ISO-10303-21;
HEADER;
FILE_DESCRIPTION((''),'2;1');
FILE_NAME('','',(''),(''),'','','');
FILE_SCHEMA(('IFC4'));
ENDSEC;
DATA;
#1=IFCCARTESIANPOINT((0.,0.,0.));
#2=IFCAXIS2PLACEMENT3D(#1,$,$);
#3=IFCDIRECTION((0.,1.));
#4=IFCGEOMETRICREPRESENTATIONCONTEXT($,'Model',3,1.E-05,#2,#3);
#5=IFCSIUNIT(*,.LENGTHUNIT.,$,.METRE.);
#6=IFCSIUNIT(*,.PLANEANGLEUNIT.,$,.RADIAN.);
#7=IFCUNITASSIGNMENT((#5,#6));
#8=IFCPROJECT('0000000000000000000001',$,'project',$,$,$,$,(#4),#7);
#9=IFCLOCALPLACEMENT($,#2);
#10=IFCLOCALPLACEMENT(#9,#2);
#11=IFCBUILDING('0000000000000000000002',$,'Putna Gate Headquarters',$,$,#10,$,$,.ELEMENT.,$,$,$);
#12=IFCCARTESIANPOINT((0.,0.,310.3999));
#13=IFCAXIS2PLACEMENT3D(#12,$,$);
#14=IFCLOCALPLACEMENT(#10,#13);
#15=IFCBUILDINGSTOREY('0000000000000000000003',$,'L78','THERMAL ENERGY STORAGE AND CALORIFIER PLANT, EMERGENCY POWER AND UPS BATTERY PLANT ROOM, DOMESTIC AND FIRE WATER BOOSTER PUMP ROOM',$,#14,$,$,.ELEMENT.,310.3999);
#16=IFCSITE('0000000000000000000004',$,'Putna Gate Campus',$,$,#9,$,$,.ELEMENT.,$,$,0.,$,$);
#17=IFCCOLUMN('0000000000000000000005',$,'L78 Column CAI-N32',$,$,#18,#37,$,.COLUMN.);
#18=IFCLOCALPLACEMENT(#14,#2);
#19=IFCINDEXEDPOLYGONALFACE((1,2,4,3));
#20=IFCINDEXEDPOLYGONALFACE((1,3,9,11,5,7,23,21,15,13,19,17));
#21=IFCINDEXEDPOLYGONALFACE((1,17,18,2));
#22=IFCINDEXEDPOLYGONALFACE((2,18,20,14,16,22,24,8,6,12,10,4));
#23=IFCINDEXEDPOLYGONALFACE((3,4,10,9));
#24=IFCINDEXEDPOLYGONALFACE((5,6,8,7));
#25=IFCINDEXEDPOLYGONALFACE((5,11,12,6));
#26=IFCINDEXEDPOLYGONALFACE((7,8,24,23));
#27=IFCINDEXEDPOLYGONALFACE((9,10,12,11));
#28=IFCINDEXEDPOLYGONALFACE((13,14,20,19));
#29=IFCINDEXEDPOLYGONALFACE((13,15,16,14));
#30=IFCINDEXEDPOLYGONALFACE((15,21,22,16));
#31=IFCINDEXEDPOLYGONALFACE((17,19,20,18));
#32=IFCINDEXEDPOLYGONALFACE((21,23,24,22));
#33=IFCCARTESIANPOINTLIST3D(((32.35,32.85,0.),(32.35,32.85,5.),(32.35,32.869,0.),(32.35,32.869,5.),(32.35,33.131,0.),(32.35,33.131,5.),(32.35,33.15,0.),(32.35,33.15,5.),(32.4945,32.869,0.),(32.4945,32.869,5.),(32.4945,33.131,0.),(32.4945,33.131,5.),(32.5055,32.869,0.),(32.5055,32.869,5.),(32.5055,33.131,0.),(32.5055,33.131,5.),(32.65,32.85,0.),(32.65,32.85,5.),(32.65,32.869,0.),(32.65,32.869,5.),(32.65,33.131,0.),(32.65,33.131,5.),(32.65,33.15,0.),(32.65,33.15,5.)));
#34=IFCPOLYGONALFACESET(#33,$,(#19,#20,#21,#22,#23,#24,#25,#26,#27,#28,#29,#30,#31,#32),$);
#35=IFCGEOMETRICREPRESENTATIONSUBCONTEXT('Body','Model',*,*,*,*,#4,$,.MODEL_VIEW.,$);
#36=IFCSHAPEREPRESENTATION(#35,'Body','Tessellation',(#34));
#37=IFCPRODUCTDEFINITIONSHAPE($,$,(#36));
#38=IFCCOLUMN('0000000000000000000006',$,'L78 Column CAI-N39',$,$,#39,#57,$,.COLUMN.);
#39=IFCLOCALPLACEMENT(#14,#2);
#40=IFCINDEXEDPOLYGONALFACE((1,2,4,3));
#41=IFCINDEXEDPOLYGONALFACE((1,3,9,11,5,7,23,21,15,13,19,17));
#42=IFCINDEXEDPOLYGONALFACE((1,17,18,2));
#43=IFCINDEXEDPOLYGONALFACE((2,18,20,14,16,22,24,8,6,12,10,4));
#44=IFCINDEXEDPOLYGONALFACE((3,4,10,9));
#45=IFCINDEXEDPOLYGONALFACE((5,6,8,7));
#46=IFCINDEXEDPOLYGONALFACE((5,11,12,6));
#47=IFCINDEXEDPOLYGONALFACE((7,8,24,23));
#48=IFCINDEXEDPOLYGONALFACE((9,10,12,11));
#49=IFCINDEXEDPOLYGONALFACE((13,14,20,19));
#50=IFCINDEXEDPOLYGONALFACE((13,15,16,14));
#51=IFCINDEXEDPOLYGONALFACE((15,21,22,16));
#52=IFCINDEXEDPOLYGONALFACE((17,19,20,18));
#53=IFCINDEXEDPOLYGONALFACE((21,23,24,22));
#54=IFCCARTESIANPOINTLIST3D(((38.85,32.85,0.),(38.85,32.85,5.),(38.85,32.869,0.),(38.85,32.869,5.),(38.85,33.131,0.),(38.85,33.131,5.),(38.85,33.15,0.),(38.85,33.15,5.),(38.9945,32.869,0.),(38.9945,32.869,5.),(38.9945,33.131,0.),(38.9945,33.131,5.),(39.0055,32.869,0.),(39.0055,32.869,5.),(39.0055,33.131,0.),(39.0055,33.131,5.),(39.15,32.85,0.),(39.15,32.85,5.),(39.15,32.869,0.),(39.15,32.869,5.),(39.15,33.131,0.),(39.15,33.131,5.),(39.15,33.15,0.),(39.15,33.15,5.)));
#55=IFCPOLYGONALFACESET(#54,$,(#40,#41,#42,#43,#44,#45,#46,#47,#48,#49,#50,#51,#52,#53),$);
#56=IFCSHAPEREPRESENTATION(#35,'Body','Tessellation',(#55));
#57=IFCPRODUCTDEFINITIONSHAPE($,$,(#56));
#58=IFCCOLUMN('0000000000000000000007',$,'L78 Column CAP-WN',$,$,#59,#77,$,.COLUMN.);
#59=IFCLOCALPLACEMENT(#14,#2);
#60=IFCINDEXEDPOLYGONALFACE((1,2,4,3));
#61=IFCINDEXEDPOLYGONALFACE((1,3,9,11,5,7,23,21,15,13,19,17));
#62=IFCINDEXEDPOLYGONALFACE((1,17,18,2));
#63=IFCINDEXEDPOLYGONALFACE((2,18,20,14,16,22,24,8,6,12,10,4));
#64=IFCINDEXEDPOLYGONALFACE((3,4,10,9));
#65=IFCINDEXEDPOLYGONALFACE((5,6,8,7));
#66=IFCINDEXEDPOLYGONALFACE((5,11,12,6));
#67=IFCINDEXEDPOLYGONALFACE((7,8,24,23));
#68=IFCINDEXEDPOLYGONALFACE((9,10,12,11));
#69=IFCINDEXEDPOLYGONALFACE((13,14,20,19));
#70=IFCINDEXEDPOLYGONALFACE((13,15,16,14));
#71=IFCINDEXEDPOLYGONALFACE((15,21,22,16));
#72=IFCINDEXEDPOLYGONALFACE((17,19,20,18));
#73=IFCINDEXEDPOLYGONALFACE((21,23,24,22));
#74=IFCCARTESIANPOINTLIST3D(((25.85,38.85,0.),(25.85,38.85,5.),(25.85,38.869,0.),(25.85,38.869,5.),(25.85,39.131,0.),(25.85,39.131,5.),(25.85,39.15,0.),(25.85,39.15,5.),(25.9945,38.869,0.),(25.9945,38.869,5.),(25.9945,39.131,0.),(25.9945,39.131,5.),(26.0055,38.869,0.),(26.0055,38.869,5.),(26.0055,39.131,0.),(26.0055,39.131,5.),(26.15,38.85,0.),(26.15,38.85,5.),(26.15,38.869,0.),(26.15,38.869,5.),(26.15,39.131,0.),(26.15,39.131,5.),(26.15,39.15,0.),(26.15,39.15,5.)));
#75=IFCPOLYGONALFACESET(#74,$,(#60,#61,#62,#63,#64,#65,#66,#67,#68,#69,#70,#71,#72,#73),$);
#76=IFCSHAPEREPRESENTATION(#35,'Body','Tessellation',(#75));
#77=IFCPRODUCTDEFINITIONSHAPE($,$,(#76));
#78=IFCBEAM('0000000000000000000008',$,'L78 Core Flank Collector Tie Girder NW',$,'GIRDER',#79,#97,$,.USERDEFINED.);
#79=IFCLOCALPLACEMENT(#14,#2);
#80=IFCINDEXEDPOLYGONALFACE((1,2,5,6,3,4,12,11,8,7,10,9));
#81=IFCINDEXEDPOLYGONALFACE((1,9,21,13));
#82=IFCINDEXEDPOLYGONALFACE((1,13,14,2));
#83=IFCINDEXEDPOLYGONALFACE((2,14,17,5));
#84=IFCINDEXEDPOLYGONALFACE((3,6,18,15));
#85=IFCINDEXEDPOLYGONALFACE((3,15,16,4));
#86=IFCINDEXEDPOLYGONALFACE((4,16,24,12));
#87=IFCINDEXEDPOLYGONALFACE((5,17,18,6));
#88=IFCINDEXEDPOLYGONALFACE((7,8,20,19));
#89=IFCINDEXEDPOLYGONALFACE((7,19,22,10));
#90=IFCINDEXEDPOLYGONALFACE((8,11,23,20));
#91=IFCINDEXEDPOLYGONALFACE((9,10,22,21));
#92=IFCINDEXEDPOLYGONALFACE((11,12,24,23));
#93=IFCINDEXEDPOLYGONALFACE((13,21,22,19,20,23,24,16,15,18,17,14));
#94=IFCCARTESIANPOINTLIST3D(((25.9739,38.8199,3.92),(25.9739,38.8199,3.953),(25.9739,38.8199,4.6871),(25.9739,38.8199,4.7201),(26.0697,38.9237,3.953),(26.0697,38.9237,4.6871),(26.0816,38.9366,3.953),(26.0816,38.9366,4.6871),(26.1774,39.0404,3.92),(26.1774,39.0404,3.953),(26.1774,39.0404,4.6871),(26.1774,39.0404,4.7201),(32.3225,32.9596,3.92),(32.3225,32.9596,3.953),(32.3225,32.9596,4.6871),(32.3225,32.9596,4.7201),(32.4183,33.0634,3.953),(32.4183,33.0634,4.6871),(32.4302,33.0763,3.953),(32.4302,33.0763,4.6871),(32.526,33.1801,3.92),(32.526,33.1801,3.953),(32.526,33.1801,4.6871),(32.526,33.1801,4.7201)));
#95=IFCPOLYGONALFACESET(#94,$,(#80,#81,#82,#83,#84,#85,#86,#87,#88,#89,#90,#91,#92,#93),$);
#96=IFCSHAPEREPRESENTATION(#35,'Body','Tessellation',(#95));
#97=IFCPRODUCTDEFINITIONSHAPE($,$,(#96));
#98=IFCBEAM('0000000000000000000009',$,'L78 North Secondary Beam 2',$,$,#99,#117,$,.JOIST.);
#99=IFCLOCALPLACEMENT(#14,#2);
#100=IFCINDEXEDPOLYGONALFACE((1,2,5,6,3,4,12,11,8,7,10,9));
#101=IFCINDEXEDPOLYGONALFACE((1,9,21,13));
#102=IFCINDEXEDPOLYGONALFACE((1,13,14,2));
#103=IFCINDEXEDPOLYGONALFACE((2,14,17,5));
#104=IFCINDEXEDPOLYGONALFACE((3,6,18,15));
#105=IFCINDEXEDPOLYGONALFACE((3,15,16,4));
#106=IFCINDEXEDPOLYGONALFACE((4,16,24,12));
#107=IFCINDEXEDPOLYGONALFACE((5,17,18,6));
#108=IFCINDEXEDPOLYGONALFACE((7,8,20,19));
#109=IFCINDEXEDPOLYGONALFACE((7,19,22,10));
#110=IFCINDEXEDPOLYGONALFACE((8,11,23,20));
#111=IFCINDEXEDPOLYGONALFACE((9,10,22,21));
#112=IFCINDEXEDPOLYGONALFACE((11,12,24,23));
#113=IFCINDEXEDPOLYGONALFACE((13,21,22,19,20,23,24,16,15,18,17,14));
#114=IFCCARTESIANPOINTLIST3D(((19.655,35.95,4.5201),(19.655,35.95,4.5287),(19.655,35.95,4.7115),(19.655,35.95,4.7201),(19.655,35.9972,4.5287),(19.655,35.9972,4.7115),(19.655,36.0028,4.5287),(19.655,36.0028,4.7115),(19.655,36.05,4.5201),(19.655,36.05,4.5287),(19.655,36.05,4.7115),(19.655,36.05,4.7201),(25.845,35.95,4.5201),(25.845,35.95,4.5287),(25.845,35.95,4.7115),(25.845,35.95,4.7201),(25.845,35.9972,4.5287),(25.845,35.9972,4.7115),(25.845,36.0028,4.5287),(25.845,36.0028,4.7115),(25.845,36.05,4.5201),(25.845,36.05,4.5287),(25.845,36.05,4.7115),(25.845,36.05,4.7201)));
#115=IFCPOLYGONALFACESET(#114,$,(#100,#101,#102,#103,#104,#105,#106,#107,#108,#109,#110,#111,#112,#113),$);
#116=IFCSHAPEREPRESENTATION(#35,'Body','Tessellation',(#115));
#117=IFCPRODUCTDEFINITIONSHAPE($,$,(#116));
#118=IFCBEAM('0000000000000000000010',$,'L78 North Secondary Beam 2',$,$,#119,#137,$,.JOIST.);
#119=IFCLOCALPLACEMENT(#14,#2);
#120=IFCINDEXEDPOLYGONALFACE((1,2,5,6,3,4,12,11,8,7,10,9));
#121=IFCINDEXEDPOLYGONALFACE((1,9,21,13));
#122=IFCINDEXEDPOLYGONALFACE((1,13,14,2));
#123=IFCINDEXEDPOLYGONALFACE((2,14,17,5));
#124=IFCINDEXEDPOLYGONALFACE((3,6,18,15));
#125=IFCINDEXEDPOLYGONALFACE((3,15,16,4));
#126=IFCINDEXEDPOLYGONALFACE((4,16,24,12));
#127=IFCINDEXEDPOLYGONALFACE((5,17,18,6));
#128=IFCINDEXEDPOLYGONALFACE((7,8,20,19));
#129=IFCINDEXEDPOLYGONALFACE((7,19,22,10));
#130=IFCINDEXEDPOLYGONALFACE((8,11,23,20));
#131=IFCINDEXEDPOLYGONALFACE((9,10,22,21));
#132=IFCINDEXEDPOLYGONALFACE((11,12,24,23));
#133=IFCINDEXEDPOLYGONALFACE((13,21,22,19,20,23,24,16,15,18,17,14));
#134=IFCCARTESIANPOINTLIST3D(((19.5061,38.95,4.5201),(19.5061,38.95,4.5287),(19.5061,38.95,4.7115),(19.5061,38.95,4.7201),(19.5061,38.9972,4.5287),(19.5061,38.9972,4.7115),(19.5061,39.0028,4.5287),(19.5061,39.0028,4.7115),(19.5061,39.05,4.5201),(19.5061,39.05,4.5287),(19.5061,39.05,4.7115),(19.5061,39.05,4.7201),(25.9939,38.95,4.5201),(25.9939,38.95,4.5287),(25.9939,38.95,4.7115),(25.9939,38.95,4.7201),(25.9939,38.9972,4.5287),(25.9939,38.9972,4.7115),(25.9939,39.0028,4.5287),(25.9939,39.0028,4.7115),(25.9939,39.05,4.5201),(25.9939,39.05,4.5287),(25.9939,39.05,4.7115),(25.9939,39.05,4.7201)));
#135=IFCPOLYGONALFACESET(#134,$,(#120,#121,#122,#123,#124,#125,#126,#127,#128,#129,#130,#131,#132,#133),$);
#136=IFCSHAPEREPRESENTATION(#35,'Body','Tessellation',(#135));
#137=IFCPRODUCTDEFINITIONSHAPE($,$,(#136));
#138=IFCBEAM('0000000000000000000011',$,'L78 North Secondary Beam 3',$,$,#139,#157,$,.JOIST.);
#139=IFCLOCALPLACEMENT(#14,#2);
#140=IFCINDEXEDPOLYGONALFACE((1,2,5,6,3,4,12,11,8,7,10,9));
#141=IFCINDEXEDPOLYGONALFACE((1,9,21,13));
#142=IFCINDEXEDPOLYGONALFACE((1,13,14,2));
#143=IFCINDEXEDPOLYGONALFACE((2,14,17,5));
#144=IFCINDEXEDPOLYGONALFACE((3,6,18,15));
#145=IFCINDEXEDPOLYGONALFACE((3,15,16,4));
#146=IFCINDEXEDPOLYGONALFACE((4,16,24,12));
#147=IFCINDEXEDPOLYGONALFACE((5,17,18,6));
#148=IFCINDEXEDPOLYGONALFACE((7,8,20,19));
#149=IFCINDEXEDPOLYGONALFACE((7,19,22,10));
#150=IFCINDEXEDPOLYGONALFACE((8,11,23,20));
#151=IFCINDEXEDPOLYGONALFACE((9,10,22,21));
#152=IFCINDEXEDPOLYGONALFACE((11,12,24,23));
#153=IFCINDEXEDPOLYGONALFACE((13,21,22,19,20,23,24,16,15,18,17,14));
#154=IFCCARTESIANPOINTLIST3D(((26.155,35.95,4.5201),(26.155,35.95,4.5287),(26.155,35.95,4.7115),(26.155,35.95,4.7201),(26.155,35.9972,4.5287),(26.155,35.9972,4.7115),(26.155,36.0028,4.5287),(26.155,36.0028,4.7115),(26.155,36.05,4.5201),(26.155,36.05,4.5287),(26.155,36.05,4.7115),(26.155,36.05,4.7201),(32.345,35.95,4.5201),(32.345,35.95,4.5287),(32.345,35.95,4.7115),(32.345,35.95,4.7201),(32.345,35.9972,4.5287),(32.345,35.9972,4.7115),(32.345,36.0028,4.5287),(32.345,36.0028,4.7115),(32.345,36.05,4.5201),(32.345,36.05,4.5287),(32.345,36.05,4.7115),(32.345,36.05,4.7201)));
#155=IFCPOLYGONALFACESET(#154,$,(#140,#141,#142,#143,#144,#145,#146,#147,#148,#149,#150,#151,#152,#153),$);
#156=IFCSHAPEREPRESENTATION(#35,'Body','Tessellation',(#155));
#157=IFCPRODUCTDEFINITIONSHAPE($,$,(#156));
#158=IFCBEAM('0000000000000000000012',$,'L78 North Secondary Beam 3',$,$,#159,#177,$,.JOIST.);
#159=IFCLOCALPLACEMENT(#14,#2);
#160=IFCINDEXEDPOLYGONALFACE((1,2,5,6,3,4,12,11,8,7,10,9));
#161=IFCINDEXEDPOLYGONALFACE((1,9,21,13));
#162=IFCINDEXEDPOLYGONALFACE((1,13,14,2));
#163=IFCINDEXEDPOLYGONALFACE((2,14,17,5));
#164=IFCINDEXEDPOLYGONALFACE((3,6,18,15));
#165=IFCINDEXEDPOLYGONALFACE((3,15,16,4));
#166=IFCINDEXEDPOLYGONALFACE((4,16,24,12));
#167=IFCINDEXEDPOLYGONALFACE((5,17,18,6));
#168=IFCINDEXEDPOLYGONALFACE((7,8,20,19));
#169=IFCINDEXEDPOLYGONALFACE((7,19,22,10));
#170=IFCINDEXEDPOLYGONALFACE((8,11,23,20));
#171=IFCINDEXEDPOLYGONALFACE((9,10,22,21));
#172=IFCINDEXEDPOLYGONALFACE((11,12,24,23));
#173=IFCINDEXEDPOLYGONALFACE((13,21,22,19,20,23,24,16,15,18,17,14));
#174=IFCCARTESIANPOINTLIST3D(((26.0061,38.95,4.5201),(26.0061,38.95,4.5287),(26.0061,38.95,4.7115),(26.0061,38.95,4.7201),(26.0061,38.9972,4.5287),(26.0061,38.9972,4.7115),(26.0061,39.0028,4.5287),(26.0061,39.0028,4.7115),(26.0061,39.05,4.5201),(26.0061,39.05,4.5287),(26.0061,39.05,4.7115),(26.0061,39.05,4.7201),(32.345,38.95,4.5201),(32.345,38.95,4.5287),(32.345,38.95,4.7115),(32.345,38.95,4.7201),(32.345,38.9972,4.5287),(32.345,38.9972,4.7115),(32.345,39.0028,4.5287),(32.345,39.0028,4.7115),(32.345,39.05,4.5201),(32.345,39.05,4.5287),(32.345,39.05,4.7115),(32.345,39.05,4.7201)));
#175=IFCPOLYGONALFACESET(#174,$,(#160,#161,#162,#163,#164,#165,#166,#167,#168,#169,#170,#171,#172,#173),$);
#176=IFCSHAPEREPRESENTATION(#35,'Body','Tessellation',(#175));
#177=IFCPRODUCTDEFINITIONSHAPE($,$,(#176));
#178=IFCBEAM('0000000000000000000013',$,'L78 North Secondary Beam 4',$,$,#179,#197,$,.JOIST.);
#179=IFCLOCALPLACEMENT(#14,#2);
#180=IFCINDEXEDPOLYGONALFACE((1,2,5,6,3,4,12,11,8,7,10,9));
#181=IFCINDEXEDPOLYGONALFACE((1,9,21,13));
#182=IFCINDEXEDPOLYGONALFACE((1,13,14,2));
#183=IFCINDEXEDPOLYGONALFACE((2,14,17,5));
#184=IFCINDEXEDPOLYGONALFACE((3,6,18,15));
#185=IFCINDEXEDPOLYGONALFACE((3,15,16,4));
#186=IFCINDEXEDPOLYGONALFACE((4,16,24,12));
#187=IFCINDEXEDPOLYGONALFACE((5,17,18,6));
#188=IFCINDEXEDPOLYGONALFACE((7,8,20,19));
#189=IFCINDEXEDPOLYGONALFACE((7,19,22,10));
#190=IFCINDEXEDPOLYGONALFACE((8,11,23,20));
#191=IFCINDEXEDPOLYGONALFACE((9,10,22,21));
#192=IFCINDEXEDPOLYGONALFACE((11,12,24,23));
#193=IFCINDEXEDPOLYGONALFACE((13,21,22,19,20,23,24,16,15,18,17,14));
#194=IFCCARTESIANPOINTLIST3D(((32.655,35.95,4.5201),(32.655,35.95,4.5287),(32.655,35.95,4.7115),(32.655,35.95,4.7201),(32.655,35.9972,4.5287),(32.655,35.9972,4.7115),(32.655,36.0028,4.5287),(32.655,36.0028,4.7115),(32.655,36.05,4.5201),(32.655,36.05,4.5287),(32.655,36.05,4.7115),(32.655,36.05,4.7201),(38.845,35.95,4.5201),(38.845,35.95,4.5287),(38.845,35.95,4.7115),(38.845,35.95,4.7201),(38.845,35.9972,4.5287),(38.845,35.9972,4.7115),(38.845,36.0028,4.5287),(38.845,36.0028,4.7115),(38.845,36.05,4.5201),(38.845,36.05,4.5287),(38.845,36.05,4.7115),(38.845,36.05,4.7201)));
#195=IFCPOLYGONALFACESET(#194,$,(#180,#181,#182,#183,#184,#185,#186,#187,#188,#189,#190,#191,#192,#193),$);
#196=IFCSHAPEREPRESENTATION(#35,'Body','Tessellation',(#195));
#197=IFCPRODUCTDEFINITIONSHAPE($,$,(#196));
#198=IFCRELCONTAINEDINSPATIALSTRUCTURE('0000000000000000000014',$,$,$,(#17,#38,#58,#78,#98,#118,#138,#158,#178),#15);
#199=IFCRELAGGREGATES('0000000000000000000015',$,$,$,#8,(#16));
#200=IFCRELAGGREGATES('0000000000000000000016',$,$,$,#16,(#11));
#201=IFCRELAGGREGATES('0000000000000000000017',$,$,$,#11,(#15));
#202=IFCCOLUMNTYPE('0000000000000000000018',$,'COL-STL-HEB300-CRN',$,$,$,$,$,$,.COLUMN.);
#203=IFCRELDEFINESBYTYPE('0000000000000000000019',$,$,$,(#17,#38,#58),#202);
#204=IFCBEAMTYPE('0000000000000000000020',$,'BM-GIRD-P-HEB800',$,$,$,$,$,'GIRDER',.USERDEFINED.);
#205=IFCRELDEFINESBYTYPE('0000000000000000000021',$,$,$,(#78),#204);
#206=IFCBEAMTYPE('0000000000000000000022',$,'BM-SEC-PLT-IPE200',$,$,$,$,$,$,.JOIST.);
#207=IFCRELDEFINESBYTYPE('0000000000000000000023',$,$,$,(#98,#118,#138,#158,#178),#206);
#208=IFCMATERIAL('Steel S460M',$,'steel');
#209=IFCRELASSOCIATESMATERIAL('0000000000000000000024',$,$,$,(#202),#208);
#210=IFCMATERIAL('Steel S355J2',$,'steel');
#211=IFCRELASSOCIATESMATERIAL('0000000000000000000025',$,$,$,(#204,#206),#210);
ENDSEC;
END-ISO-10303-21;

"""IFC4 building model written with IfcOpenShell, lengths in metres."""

from ifc_helpers import new_model, si_unit, direction, frame, origin, origin_2d, place, context, subcontext, project, spatial, i_section, extrude, material, material_profile, profile_set, type_object, element, save


model = new_model("IFC4")

# Units and contexts
model_context = context("Model", 3, precision=1e-05, world=origin(), true_north=direction((0.0, 1.0)))
body_context = subcontext(model_context, "Body", "Model", "MODEL_VIEW")
ifc_project = project(units=[si_unit("LENGTHUNIT", "METRE"), si_unit("PLANEANGLEUNIT", "RADIAN")], contexts=[model_context])

# Site, building, storey
site_placement = place(None, origin())
site = spatial("IfcSite", under=ifc_project, at=site_placement, Name="Putna Gate Campus", CompositionType="ELEMENT", RefElevation=0.0)
building_placement = place(site_placement, origin())
building = spatial("IfcBuilding", under=site, at=building_placement, Name="Putna Gate Headquarters", CompositionType="ELEMENT")
storey_placement = place(building_placement, frame((0.0, 0.0, 310.3999)))
storey = spatial("IfcBuildingStorey", under=building, at=storey_placement, Name="L78", Description="THERMAL ENERGY STORAGE AND CALORIFIER PLANT, EMERGENCY POWER AND UPS BATTERY PLANT ROOM, DOMESTIC AND FIRE WATER BOOSTER PUMP ROOM", CompositionType="ELEMENT", Elevation=310.3999)

# Columns
ifc_material_1 = material(Name="Steel S460M", Category="steel")
ifc_material_profile_1 = material_profile(ifc_material_1, i_section(OverallWidth=0.3, OverallDepth=0.3, WebThickness=0.011, FlangeThickness=0.019, at=origin_2d()), Name="Steel S460M")
ifc_profile_set_1 = profile_set([ifc_material_profile_1], Name="Steel S460M")
column_type = type_object("IfcColumnType", Name="COL-STL-HEB300-CRN", PredefinedType="COLUMN", material=ifc_profile_set_1)
for number, where, z_axis, x_axis, name in (
    (1, (32.5, 33.0, 0.0), (0.0, 0.0, 1.0), (1.0, 0.0, 0.0), "L78 Column CAI-N32"),
    (2, (39.0, 33.0, 0.0), (0.0, 0.0, 1.0), (1.0, 0.0, 0.0), "L78 Column CAI-N39"),
    (3, (26.0, 39.0, 0.0), (0.0, 0.0, 1.0), (1.0, 0.0, 0.0), "L78 Column CAP-WN"),
):
    element("IfcColumn", number, at=place(storey_placement, frame(where, z_axis=z_axis, x_axis=x_axis)), inside=storey, type_object=column_type, Name=name, PredefinedType="COLUMN", context=body_context, shape_type="SweptSolid", body=[
        extrude(i_section(OverallWidth=0.3, OverallDepth=0.3, WebThickness=0.011, FlangeThickness=0.019, at=origin_2d()), origin(), (0.0, 0.0, 1.0), 5.0),
    ])

# Beams
ifc_material_2 = material(Name="Steel S355J2", Category="steel")
ifc_material_profile_2 = material_profile(ifc_material_2, i_section(OverallWidth=0.3, OverallDepth=0.8, WebThickness=0.0176, FlangeThickness=0.033, at=origin_2d()), Name="Steel S355J2")
ifc_profile_set_2 = profile_set([ifc_material_profile_2], Name="Steel S355J2")
beam_type_1 = type_object("IfcBeamType", Name="BM-GIRD-P-HEB800", ElementType="GIRDER", PredefinedType="USERDEFINED", material=ifc_profile_set_2)
beam_1_placement = place(storey_placement, frame((26.0757, 38.9302, 4.3201), z_axis=(0.734799, -0.678285, 0.0), x_axis=(0.678285, 0.734799, 0.0)))
element("IfcBeam", 4, at=beam_1_placement, inside=storey, type_object=beam_type_1, Name="L78 Core Flank Collector Tie Girder NW", ObjectType="GIRDER", PredefinedType="USERDEFINED", context=body_context, shape_type="SweptSolid", body=[
    extrude(i_section(OverallWidth=0.3, OverallDepth=0.8, WebThickness=0.0176, FlangeThickness=0.033, at=origin_2d()), origin(), (0.0, 0.0, 1.0), 8.6399),
])
ifc_material_profile_3 = material_profile(ifc_material_2, i_section(OverallWidth=0.1001, OverallDepth=0.2, WebThickness=0.0056, FlangeThickness=0.0085, at=origin_2d()), Name="Steel S355J2")
ifc_profile_set_3 = profile_set([ifc_material_profile_3], Name="Steel S355J2")
beam_type_2 = type_object("IfcBeamType", Name="BM-SEC-PLT-IPE200", PredefinedType="JOIST", material=ifc_profile_set_3)
beam_2_placement = place(storey_placement, frame((19.655, 36.0, 4.6201), z_axis=(1.0, 0.0, 0.0), x_axis=(0.0, 1.0, 0.0)))
element("IfcBeam", 5, at=beam_2_placement, inside=storey, type_object=beam_type_2, Name="L78 North Secondary Beam 2", PredefinedType="JOIST", context=body_context, shape_type="SweptSolid", body=[
    extrude(i_section(OverallWidth=0.1001, OverallDepth=0.2, WebThickness=0.0056, FlangeThickness=0.0085, at=origin_2d()), origin(), (0.0, 0.0, 1.0), 6.1899),
])
beam_3_placement = place(storey_placement, frame((19.5061, 39.0, 4.6201), z_axis=(1.0, 0.0, 0.0), x_axis=(0.0, 1.0, 0.0)))
element("IfcBeam", 6, at=beam_3_placement, inside=storey, type_object=beam_type_2, Name="L78 North Secondary Beam 2", PredefinedType="JOIST", context=body_context, shape_type="SweptSolid", body=[
    extrude(i_section(OverallWidth=0.1001, OverallDepth=0.2, WebThickness=0.0056, FlangeThickness=0.0085, at=origin_2d()), origin(), (0.0, 0.0, 1.0), 6.4878),
])
beam_4_placement = place(storey_placement, frame((26.155, 36.0, 4.6201), z_axis=(1.0, 0.0, 0.0), x_axis=(0.0, 1.0, 0.0)))
element("IfcBeam", 7, at=beam_4_placement, inside=storey, type_object=beam_type_2, Name="L78 North Secondary Beam 3", PredefinedType="JOIST", context=body_context, shape_type="SweptSolid", body=[
    extrude(i_section(OverallWidth=0.1001, OverallDepth=0.2, WebThickness=0.0056, FlangeThickness=0.0085, at=origin_2d()), origin(), (0.0, 0.0, 1.0), 6.1899),
])
beam_5_placement = place(storey_placement, frame((26.0061, 39.0, 4.6201), z_axis=(1.0, 0.0, 0.0), x_axis=(0.0, 1.0, 0.0)))
element("IfcBeam", 8, at=beam_5_placement, inside=storey, type_object=beam_type_2, Name="L78 North Secondary Beam 3", PredefinedType="JOIST", context=body_context, shape_type="SweptSolid", body=[
    extrude(i_section(OverallWidth=0.1001, OverallDepth=0.2, WebThickness=0.0056, FlangeThickness=0.0085, at=origin_2d()), origin(), (0.0, 0.0, 1.0), 6.3389),
])
for number, where, z_axis, x_axis, name in (
    (9, (32.655, 36.0, 4.6201), (1.0, 0.0, 0.0), (0.0, 1.0, 0.0), "L78 North Secondary Beam 4"),
):
    element("IfcBeam", number, at=place(storey_placement, frame(where, z_axis=z_axis, x_axis=x_axis)), inside=storey, type_object=beam_type_2, Name=name, PredefinedType="JOIST", context=body_context, shape_type="SweptSolid", body=[
        extrude(i_section(OverallWidth=0.1001, OverallDepth=0.2, WebThickness=0.0056, FlangeThickness=0.0085, at=origin_2d()), origin(), (0.0, 0.0, 1.0), 6.1899),
    ])

save(model, "model.ifc")
